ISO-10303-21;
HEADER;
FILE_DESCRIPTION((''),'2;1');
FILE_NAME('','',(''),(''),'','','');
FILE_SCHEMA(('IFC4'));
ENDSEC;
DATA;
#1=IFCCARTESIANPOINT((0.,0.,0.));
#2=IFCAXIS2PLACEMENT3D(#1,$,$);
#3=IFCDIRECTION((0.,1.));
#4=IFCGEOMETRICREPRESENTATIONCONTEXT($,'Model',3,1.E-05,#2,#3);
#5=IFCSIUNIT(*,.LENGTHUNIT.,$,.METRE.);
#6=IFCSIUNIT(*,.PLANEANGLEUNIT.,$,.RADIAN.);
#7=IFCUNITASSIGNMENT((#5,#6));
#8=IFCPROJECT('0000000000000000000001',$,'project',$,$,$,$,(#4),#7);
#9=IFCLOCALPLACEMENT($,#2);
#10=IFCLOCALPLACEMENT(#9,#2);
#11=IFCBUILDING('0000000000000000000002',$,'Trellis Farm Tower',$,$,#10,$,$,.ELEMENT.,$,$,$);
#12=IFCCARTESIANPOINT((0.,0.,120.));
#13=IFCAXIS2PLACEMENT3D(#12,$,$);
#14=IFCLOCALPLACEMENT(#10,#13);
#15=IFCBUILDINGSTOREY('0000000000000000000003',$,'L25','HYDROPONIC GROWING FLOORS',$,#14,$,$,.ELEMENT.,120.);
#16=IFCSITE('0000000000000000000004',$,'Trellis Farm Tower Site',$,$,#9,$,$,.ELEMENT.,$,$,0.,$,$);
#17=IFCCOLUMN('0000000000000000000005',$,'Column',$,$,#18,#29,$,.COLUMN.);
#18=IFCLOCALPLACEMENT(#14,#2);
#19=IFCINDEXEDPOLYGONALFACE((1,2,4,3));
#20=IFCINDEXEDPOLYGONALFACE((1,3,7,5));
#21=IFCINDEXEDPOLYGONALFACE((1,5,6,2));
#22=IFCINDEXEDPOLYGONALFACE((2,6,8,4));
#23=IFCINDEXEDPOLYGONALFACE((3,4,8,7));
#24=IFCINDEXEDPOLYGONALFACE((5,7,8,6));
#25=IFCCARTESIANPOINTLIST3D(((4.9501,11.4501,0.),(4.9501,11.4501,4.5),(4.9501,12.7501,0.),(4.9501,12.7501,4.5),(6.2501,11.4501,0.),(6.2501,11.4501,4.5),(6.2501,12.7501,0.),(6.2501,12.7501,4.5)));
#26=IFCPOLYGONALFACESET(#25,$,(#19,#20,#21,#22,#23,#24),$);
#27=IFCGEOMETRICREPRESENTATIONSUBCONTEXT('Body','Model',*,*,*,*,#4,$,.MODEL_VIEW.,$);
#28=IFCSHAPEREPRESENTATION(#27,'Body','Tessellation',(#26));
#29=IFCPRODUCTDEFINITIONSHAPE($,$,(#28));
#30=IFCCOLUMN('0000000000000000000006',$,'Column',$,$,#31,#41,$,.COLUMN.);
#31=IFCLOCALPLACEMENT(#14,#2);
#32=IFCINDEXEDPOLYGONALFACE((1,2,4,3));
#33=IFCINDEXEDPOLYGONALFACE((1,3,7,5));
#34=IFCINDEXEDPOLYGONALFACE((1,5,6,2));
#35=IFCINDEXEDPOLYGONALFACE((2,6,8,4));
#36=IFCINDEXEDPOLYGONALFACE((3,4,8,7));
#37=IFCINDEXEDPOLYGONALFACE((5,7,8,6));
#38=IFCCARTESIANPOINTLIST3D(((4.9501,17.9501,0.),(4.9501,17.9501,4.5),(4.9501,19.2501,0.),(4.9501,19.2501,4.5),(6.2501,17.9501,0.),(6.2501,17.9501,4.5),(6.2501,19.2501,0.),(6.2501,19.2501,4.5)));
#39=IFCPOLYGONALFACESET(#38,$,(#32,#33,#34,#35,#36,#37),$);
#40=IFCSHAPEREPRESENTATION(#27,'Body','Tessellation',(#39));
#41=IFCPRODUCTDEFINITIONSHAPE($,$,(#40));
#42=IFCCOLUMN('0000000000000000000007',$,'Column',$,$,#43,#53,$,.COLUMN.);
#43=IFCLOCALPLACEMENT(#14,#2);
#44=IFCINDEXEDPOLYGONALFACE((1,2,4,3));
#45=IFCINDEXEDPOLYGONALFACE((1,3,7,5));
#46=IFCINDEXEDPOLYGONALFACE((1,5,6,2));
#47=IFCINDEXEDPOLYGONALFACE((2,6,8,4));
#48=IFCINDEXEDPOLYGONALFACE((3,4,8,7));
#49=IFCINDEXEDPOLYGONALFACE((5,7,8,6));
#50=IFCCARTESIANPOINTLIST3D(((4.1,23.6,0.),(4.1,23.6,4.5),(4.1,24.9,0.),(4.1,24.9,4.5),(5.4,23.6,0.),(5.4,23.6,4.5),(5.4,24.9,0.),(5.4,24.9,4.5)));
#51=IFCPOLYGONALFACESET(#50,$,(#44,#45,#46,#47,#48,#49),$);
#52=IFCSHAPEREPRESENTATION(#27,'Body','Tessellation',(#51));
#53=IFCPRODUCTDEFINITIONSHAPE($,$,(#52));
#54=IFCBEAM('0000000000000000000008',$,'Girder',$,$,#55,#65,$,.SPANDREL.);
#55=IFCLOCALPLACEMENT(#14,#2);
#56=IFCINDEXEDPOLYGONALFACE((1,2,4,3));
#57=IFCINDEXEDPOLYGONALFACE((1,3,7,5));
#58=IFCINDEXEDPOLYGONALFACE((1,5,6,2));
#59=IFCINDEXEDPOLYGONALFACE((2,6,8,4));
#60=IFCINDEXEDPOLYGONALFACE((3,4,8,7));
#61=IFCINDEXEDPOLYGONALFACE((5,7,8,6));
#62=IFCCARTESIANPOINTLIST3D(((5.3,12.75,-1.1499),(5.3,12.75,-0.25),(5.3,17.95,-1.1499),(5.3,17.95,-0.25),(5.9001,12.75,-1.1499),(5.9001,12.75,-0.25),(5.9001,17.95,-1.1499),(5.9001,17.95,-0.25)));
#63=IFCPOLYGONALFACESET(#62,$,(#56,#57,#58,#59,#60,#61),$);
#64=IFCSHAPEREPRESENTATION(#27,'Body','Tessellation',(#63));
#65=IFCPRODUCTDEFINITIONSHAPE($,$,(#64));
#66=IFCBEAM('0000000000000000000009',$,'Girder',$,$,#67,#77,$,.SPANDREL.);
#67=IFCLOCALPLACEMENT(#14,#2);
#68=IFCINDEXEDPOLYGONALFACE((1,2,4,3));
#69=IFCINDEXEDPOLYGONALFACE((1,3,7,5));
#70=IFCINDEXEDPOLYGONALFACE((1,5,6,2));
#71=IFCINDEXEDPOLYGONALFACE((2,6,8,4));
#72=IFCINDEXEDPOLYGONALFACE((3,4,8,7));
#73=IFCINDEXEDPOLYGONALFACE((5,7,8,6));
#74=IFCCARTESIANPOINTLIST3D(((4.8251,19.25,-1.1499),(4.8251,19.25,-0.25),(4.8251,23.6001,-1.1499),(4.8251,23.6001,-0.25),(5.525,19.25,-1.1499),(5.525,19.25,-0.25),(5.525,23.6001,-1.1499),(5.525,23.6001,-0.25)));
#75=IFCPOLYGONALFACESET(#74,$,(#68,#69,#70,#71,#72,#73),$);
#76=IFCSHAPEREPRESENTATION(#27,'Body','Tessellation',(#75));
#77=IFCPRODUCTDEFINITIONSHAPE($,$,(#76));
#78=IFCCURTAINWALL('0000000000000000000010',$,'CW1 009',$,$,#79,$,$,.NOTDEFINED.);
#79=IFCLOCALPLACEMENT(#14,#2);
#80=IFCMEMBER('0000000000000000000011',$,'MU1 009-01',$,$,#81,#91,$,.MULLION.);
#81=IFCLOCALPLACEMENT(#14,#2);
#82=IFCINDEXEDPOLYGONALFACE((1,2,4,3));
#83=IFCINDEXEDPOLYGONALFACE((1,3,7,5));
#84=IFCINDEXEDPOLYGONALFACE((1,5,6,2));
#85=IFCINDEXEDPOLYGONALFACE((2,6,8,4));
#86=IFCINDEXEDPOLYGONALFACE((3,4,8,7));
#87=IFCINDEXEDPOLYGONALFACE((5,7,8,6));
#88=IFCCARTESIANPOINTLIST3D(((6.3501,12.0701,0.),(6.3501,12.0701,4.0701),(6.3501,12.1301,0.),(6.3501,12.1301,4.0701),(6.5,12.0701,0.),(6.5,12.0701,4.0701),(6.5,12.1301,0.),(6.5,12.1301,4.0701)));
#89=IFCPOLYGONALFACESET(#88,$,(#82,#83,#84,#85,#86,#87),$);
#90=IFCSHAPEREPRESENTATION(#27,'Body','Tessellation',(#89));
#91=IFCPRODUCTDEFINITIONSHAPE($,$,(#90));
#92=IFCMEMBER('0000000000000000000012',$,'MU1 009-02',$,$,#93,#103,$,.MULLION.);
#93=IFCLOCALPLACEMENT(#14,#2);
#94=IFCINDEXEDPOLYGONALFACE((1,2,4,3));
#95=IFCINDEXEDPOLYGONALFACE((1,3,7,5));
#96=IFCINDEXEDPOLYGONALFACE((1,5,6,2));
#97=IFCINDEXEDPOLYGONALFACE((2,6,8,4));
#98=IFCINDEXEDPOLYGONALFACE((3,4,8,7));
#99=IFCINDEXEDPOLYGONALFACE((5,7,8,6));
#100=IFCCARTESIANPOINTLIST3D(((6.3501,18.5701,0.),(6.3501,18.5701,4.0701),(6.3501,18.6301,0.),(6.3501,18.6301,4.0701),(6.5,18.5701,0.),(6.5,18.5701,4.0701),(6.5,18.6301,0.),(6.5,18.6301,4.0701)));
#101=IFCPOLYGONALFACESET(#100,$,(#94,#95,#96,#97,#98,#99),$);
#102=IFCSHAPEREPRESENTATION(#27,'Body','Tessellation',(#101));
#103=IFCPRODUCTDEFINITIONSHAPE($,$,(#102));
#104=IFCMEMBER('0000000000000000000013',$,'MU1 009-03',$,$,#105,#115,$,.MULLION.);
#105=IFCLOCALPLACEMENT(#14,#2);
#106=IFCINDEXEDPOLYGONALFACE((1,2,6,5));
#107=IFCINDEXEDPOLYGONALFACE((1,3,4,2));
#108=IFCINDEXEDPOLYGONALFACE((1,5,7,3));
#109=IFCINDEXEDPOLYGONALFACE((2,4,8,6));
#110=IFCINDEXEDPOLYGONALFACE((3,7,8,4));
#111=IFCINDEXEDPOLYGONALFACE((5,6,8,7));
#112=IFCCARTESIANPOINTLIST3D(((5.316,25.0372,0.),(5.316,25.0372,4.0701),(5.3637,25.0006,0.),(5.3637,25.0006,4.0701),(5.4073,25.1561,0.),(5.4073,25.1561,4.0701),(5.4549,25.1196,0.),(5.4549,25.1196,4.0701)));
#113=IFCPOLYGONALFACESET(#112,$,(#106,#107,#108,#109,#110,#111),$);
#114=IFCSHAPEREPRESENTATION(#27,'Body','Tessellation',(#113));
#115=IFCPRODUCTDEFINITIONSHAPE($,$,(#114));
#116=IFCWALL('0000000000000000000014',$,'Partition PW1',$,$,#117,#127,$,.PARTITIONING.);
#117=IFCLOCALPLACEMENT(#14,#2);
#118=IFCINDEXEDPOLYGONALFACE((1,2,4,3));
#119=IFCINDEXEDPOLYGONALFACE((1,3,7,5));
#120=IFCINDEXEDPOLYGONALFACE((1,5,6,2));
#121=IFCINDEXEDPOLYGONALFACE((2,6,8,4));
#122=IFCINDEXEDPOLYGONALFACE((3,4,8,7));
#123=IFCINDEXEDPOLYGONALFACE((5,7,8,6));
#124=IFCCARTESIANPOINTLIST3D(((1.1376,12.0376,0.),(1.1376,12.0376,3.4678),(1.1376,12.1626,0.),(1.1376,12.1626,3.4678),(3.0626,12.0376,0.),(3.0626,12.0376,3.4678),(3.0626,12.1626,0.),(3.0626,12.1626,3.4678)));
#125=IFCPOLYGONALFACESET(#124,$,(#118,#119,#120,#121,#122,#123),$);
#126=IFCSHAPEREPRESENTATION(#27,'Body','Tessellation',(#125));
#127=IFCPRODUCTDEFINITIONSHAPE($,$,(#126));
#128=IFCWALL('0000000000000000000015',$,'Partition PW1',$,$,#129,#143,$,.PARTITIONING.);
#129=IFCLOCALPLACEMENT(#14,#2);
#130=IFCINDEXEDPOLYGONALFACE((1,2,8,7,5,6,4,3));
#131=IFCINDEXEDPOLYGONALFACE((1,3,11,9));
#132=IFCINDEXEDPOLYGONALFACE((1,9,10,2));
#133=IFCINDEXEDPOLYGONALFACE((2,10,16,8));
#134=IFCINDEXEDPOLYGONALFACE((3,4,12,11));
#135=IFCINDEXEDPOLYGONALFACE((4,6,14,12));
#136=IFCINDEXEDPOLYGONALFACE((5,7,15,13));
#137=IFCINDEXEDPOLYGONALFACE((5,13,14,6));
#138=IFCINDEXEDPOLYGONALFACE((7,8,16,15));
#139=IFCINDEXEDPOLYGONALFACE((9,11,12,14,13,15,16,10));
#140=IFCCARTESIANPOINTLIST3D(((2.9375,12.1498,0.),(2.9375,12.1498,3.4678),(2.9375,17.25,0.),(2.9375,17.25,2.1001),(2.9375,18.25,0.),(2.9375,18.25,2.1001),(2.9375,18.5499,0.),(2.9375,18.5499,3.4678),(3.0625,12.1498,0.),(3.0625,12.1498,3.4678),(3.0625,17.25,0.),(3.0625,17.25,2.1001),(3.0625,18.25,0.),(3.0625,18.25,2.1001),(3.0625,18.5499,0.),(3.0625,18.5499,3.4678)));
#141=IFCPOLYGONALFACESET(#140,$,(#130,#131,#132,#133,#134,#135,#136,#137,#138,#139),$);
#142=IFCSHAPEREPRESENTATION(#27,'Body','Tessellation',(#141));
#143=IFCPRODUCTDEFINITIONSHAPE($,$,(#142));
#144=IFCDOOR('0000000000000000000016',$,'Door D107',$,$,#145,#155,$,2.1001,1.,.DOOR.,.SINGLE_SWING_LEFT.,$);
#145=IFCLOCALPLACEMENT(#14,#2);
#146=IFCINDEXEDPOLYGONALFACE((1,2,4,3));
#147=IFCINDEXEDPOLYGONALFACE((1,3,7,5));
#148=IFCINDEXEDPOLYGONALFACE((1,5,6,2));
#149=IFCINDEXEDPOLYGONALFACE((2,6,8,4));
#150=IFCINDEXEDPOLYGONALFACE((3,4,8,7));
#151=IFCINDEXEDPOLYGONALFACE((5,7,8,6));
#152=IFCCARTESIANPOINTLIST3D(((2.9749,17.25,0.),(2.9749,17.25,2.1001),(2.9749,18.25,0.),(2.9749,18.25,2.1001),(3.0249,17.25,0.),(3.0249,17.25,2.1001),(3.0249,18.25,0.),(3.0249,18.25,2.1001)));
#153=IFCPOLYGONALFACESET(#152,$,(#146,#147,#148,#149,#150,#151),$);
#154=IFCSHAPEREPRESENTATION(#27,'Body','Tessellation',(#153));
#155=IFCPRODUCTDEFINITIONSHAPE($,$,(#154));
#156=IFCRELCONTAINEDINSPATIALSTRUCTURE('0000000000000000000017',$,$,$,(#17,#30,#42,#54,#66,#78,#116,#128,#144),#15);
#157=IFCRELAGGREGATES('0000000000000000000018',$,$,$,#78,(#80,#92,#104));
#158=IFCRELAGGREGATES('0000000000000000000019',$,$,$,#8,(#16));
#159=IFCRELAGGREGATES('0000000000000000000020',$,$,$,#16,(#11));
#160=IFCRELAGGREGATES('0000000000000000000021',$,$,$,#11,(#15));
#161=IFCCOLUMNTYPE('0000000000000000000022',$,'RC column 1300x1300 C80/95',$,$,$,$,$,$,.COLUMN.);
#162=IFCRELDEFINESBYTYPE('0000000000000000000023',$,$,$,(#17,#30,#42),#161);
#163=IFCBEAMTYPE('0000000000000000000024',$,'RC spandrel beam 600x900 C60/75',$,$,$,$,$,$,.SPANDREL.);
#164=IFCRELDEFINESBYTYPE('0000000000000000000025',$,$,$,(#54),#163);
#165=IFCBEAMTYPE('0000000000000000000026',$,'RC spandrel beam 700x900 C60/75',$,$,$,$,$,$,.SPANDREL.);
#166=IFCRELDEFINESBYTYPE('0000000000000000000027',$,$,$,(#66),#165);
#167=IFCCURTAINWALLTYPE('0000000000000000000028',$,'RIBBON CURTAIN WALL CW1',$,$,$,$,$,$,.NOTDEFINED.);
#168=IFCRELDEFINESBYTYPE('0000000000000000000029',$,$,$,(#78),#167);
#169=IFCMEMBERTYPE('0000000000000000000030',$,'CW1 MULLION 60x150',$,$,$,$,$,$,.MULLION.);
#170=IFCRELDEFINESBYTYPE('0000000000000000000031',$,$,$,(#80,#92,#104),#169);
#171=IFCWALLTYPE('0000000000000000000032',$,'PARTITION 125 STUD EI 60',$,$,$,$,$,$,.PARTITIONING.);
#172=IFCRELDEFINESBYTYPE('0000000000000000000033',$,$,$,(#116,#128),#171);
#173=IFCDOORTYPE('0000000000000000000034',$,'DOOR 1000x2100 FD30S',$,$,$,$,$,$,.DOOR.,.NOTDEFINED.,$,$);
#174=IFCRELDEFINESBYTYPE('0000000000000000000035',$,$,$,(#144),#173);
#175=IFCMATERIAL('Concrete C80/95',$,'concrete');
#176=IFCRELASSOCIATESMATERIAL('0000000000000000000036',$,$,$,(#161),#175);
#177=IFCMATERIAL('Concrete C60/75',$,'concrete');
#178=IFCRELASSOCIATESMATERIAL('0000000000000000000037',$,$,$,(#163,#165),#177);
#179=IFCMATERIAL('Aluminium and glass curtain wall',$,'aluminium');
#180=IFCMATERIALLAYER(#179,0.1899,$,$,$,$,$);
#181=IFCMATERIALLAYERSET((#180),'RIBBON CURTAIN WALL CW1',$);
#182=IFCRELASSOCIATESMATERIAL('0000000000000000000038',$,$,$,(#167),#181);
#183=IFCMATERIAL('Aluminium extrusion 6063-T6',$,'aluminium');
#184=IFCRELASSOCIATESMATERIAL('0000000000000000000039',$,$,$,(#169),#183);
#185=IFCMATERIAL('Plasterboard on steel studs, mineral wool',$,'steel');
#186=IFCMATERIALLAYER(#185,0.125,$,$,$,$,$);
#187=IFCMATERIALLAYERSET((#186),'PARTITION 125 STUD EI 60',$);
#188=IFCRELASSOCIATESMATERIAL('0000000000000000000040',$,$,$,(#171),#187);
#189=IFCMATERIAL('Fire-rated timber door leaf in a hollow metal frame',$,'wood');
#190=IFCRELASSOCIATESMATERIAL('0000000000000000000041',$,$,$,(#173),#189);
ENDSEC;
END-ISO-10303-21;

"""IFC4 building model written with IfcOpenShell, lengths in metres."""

from ifc_helpers import new_model, si_unit, direction, frame, frame_2d, origin, origin_2d, place, context, subcontext, project, spatial, rectangle, extrude, source, transform, mapped, material, layer, layer_set, material_profile, profile_set, type_object, element, fill, aggregate, save


model = new_model("IFC4")

# Units and contexts
model_context = context("Model", 3, precision=1e-05, world=origin(), true_north=direction((0.0, 1.0)))
body_context = subcontext(model_context, "Body", "Model", "MODEL_VIEW")
ifc_project = project(units=[si_unit("LENGTHUNIT", "METRE"), si_unit("PLANEANGLEUNIT", "RADIAN")], contexts=[model_context])

# Site, building, storey
site_placement = place(None, origin())
site = spatial("IfcSite", under=ifc_project, at=site_placement, Name="Trellis Farm Tower Site", CompositionType="ELEMENT", RefElevation=0.0)
building_placement = place(site_placement, origin())
building = spatial("IfcBuilding", under=site, at=building_placement, Name="Trellis Farm Tower", CompositionType="ELEMENT")
storey_placement = place(building_placement, frame((0.0, 0.0, 120.0)))
storey = spatial("IfcBuildingStorey", under=building, at=storey_placement, Name="L25", Description="HYDROPONIC GROWING FLOORS", CompositionType="ELEMENT", Elevation=120.0)

# Columns
ifc_material_1 = material(Name="Concrete C80/95", Category="concrete")
ifc_material_profile_1 = material_profile(ifc_material_1, rectangle(XDim=1.3, YDim=1.3, at=origin_2d()), Name="RC column 1300x1300 C80/95")
ifc_profile_set_1 = profile_set([ifc_material_profile_1], Name="Concrete C80/95")
column_type = type_object("IfcColumnType", Name="RC column 1300x1300 C80/95", PredefinedType="COLUMN", material=ifc_profile_set_1)
shared_shape_1 = source(origin(), body_context, "Body", "SweptSolid", [
    extrude(rectangle(XDim=1.3, YDim=1.3, at=origin_2d()), origin(), (0.0, 0.0, 1.0), 4.5),
])
for number, where, z_axis, x_axis, name in (
    (1, (5.6001, 12.1001, 0.0), (0.0, 0.0, 1.0), (1.0, 0.0, 0.0), "Column"),
    (2, (5.6001, 18.6001, 0.0), (0.0, 0.0, 1.0), (1.0, 0.0, 0.0), "Column"),
    (3, (4.75, 24.25, 0.0), (0.0, 0.0, 1.0), (1.0, 0.0, 0.0), "Column"),
):
    element("IfcColumn", number, at=place(storey_placement, frame(where, z_axis=z_axis, x_axis=x_axis)), inside=storey, type_object=column_type, Name=name, PredefinedType="COLUMN", context=body_context, shape_type="MappedRepresentation", body=[
        mapped(shared_shape_1, transform((0.0, 0.0, 0.0))),
    ])

# Beams
ifc_material_2 = material(Name="Concrete C60/75", Category="concrete")
ifc_material_profile_2 = material_profile(ifc_material_2, rectangle(XDim=0.6001, YDim=0.8999, at=origin_2d()), Name="RC spandrel beam 600x900 C60/75")
ifc_profile_set_2 = profile_set([ifc_material_profile_2], Name="Concrete C60/75")
beam_type_1 = type_object("IfcBeamType", Name="RC spandrel beam 600x900 C60/75", PredefinedType="SPANDREL", material=ifc_profile_set_2)
shared_shape_2 = source(origin(), body_context, "Body", "SweptSolid", [
    extrude(rectangle(XDim=0.6001, YDim=0.8999, at=origin_2d()), origin(), (0.0, 0.0, 1.0), 5.2),
])
beam_1_placement = place(storey_placement, frame((5.6001, 12.75, -0.7), z_axis=(0.0, 1.0, 0.0), x_axis=(-1.0, 0.0, 0.0)))
element("IfcBeam", 4, at=beam_1_placement, inside=storey, type_object=beam_type_1, Name="Girder", PredefinedType="SPANDREL", context=body_context, shape_type="MappedRepresentation", body=[
    mapped(shared_shape_2, transform((0.0, 0.0, 0.0))),
])
ifc_material_profile_3 = material_profile(ifc_material_2, rectangle(XDim=0.7, YDim=0.8999, at=origin_2d()), Name="RC spandrel beam 700x900 C60/75")
ifc_profile_set_3 = profile_set([ifc_material_profile_3], Name="Concrete C60/75")
beam_type_2 = type_object("IfcBeamType", Name="RC spandrel beam 700x900 C60/75", PredefinedType="SPANDREL", material=ifc_profile_set_3)
shared_shape_3 = source(origin(), body_context, "Body", "SweptSolid", [
    extrude(rectangle(XDim=0.7, YDim=0.8999, at=origin_2d()), origin(), (0.0, 0.0, 1.0), 4.3501),
])
beam_2_placement = place(storey_placement, frame((5.175, 19.25, -0.7), z_axis=(0.0, 1.0, 0.0), x_axis=(-1.0, 0.0, 0.0)))
element("IfcBeam", 5, at=beam_2_placement, inside=storey, type_object=beam_type_2, Name="Girder", PredefinedType="SPANDREL", context=body_context, shape_type="MappedRepresentation", body=[
    mapped(shared_shape_3, transform((0.0, 0.0, 0.0))),
])

# Curtain wall, members
ifc_material_3 = material(Name="Aluminium and glass curtain wall", Category="aluminium")
ifc_layer_1 = layer(ifc_material_3, 0.1899)
ifc_layer_set_1 = layer_set([ifc_layer_1], Name="RIBBON CURTAIN WALL CW1")
curtain_wall_type = type_object("IfcCurtainWallType", Name="RIBBON CURTAIN WALL CW1", PredefinedType="NOTDEFINED", material=ifc_layer_set_1)
curtain_wall_placement = place(storey_placement, origin())
curtain_wall = element("IfcCurtainWall", 6, at=curtain_wall_placement, inside=storey, type_object=curtain_wall_type, Name="CW1 009", PredefinedType="NOTDEFINED")
ifc_material_4 = material(Name="Aluminium extrusion 6063-T6", Category="aluminium")
ifc_material_profile_4 = material_profile(ifc_material_4, rectangle(XDim=0.0601, YDim=0.1499, at=origin_2d()), Name="MULLION 60x150")
ifc_profile_set_4 = profile_set([ifc_material_profile_4], Name="Aluminium extrusion 6063-T6")
member_type = type_object("IfcMemberType", Name="CW1 MULLION 60x150", PredefinedType="MULLION", material=ifc_profile_set_4)
shared_shape_4 = source(origin(), body_context, "Body", "SweptSolid", [
    extrude(rectangle(XDim=0.0601, YDim=0.1499, at=origin_2d()), origin(), (0.0, 0.0, 1.0), 4.0701),
])
member_1_placement = place(storey_placement, frame((6.425, 12.1001, 0.0), z_axis=(0.0, 0.0, 1.0), x_axis=(0.0, 1.0, 0.0)))
member_1 = element("IfcMember", 7, at=member_1_placement, type_object=member_type, Name="MU1 009-01", PredefinedType="MULLION", context=body_context, shape_type="MappedRepresentation", body=[
    mapped(shared_shape_4, transform((0.0, 0.0, 0.0))),
])
member_2_placement = place(storey_placement, frame((6.425, 18.6001, 0.0), z_axis=(0.0, 0.0, 1.0), x_axis=(0.0, 1.0, 0.0)))
member_2 = element("IfcMember", 8, at=member_2_placement, type_object=member_type, Name="MU1 009-02", PredefinedType="MULLION", context=body_context, shape_type="MappedRepresentation", body=[
    mapped(shared_shape_4, transform((0.0, 0.0, 0.0))),
])
member_3_placement = place(storey_placement, frame((5.3855, 25.0784, 0.0), z_axis=(0.0, 0.0, 1.0), x_axis=(-0.793353, 0.608761, 0.0)))
member_3 = element("IfcMember", 9, at=member_3_placement, type_object=member_type, Name="MU1 009-03", PredefinedType="MULLION", context=body_context, shape_type="MappedRepresentation", body=[
    mapped(shared_shape_4, transform((0.0, 0.0, 0.0))),
])
aggregate(curtain_wall, [member_1, member_2, member_3])

# Wall
ifc_material_5 = material(Name="Plasterboard on steel studs, mineral wool", Category="steel")
ifc_layer_2 = layer(ifc_material_5, 0.125)
ifc_layer_set_2 = layer_set([ifc_layer_2], Name="PARTITION 125 STUD EI 60")
wall_type = type_object("IfcWallType", Name="PARTITION 125 STUD EI 60", PredefinedType="PARTITIONING", material=ifc_layer_set_2)
shared_shape_5 = source(origin(), body_context, "Body", "SweptSolid", [
    extrude(rectangle(XDim=1.925, YDim=0.125, at=frame_2d((0.9624, 0.0))), origin(), (0.0, 0.0, 1.0), 3.4678),
])
wall_1_placement = place(storey_placement, frame((3.0625, 12.1001, 0.0), z_axis=(0.0, 0.0, 1.0), x_axis=(-1.0, 0.0, 0.0)))
element("IfcWall", 10, at=wall_1_placement, inside=storey, type_object=wall_type, Name="Partition PW1", PredefinedType="PARTITIONING", context=body_context, shape_type="MappedRepresentation", body=[
    mapped(shared_shape_5, transform((0.0, 0.0, 0.0))),
])

# Wall, opening, door
shared_shape_6 = source(origin(), body_context, "Body", "SweptSolid", [
    extrude(rectangle(XDim=6.4001, YDim=0.125, at=frame_2d((3.2002, 0.0))), origin(), (0.0, 0.0, 1.0), 3.4678),
])
wall_2_placement = place(storey_placement, frame((3.0, 18.55, 0.0), z_axis=(0.0, 0.0, 1.0), x_axis=(0.0, -1.0, 0.0)))
wall_2 = element("IfcWall", 11, at=wall_2_placement, inside=storey, type_object=wall_type, Name="Partition PW1", PredefinedType="PARTITIONING", context=body_context, shape_type="MappedRepresentation", body=[
    mapped(shared_shape_6, transform((0.0, 0.0, 0.0))),
])
shared_shape_7 = source(origin(), body_context, "Body", "SweptSolid", [
    extrude(rectangle(XDim=1.0, YDim=2.1001, at=frame_2d((0.5, 1.05))), frame((0.0, 0.0725, 0.0), z_axis=(0.0, -1.0, 0.0), x_axis=(1.0, 0.0, 0.0)), (0.0, 0.0, 1.0), 0.145),
])
opening_placement = place(wall_2_placement, frame((0.3, 0.0, 0.0)))
opening = element("IfcOpeningElement", 12, at=opening_placement, cuts=wall_2, PredefinedType="OPENING", context=body_context, shape_type="MappedRepresentation", body=[
    mapped(shared_shape_7, transform((0.0, 0.0, 0.0))),
])
ifc_material_6 = material(Name="Fire-rated timber door leaf in a hollow metal frame", Category="wood")
door_type = type_object("IfcDoorType", Name="DOOR 1000x2100 FD30S", OperationType="NOTDEFINED", PredefinedType="DOOR", material=ifc_material_6)
shared_shape_8 = source(origin(), body_context, "Body", "SweptSolid", [
    extrude(rectangle(XDim=1.0, YDim=2.1001, at=frame_2d((0.5, 1.05))), frame((0.0, 0.0249, 0.0), z_axis=(0.0, -1.0, 0.0), x_axis=(1.0, 0.0, 0.0)), (0.0, 0.0, 1.0), 0.05),
])
door_placement = place(opening_placement, origin())
door = element("IfcDoor", 13, at=door_placement, inside=storey, type_object=door_type, Name="Door D107", OperationType="SINGLE_SWING_LEFT", OverallHeight=2.1001, OverallWidth=1.0, PredefinedType="DOOR", context=body_context, shape_type="MappedRepresentation", body=[
    mapped(shared_shape_8, transform((0.0, 0.0, 0.0))),
])
fill(opening, door)

save(model, "model.ifc")
